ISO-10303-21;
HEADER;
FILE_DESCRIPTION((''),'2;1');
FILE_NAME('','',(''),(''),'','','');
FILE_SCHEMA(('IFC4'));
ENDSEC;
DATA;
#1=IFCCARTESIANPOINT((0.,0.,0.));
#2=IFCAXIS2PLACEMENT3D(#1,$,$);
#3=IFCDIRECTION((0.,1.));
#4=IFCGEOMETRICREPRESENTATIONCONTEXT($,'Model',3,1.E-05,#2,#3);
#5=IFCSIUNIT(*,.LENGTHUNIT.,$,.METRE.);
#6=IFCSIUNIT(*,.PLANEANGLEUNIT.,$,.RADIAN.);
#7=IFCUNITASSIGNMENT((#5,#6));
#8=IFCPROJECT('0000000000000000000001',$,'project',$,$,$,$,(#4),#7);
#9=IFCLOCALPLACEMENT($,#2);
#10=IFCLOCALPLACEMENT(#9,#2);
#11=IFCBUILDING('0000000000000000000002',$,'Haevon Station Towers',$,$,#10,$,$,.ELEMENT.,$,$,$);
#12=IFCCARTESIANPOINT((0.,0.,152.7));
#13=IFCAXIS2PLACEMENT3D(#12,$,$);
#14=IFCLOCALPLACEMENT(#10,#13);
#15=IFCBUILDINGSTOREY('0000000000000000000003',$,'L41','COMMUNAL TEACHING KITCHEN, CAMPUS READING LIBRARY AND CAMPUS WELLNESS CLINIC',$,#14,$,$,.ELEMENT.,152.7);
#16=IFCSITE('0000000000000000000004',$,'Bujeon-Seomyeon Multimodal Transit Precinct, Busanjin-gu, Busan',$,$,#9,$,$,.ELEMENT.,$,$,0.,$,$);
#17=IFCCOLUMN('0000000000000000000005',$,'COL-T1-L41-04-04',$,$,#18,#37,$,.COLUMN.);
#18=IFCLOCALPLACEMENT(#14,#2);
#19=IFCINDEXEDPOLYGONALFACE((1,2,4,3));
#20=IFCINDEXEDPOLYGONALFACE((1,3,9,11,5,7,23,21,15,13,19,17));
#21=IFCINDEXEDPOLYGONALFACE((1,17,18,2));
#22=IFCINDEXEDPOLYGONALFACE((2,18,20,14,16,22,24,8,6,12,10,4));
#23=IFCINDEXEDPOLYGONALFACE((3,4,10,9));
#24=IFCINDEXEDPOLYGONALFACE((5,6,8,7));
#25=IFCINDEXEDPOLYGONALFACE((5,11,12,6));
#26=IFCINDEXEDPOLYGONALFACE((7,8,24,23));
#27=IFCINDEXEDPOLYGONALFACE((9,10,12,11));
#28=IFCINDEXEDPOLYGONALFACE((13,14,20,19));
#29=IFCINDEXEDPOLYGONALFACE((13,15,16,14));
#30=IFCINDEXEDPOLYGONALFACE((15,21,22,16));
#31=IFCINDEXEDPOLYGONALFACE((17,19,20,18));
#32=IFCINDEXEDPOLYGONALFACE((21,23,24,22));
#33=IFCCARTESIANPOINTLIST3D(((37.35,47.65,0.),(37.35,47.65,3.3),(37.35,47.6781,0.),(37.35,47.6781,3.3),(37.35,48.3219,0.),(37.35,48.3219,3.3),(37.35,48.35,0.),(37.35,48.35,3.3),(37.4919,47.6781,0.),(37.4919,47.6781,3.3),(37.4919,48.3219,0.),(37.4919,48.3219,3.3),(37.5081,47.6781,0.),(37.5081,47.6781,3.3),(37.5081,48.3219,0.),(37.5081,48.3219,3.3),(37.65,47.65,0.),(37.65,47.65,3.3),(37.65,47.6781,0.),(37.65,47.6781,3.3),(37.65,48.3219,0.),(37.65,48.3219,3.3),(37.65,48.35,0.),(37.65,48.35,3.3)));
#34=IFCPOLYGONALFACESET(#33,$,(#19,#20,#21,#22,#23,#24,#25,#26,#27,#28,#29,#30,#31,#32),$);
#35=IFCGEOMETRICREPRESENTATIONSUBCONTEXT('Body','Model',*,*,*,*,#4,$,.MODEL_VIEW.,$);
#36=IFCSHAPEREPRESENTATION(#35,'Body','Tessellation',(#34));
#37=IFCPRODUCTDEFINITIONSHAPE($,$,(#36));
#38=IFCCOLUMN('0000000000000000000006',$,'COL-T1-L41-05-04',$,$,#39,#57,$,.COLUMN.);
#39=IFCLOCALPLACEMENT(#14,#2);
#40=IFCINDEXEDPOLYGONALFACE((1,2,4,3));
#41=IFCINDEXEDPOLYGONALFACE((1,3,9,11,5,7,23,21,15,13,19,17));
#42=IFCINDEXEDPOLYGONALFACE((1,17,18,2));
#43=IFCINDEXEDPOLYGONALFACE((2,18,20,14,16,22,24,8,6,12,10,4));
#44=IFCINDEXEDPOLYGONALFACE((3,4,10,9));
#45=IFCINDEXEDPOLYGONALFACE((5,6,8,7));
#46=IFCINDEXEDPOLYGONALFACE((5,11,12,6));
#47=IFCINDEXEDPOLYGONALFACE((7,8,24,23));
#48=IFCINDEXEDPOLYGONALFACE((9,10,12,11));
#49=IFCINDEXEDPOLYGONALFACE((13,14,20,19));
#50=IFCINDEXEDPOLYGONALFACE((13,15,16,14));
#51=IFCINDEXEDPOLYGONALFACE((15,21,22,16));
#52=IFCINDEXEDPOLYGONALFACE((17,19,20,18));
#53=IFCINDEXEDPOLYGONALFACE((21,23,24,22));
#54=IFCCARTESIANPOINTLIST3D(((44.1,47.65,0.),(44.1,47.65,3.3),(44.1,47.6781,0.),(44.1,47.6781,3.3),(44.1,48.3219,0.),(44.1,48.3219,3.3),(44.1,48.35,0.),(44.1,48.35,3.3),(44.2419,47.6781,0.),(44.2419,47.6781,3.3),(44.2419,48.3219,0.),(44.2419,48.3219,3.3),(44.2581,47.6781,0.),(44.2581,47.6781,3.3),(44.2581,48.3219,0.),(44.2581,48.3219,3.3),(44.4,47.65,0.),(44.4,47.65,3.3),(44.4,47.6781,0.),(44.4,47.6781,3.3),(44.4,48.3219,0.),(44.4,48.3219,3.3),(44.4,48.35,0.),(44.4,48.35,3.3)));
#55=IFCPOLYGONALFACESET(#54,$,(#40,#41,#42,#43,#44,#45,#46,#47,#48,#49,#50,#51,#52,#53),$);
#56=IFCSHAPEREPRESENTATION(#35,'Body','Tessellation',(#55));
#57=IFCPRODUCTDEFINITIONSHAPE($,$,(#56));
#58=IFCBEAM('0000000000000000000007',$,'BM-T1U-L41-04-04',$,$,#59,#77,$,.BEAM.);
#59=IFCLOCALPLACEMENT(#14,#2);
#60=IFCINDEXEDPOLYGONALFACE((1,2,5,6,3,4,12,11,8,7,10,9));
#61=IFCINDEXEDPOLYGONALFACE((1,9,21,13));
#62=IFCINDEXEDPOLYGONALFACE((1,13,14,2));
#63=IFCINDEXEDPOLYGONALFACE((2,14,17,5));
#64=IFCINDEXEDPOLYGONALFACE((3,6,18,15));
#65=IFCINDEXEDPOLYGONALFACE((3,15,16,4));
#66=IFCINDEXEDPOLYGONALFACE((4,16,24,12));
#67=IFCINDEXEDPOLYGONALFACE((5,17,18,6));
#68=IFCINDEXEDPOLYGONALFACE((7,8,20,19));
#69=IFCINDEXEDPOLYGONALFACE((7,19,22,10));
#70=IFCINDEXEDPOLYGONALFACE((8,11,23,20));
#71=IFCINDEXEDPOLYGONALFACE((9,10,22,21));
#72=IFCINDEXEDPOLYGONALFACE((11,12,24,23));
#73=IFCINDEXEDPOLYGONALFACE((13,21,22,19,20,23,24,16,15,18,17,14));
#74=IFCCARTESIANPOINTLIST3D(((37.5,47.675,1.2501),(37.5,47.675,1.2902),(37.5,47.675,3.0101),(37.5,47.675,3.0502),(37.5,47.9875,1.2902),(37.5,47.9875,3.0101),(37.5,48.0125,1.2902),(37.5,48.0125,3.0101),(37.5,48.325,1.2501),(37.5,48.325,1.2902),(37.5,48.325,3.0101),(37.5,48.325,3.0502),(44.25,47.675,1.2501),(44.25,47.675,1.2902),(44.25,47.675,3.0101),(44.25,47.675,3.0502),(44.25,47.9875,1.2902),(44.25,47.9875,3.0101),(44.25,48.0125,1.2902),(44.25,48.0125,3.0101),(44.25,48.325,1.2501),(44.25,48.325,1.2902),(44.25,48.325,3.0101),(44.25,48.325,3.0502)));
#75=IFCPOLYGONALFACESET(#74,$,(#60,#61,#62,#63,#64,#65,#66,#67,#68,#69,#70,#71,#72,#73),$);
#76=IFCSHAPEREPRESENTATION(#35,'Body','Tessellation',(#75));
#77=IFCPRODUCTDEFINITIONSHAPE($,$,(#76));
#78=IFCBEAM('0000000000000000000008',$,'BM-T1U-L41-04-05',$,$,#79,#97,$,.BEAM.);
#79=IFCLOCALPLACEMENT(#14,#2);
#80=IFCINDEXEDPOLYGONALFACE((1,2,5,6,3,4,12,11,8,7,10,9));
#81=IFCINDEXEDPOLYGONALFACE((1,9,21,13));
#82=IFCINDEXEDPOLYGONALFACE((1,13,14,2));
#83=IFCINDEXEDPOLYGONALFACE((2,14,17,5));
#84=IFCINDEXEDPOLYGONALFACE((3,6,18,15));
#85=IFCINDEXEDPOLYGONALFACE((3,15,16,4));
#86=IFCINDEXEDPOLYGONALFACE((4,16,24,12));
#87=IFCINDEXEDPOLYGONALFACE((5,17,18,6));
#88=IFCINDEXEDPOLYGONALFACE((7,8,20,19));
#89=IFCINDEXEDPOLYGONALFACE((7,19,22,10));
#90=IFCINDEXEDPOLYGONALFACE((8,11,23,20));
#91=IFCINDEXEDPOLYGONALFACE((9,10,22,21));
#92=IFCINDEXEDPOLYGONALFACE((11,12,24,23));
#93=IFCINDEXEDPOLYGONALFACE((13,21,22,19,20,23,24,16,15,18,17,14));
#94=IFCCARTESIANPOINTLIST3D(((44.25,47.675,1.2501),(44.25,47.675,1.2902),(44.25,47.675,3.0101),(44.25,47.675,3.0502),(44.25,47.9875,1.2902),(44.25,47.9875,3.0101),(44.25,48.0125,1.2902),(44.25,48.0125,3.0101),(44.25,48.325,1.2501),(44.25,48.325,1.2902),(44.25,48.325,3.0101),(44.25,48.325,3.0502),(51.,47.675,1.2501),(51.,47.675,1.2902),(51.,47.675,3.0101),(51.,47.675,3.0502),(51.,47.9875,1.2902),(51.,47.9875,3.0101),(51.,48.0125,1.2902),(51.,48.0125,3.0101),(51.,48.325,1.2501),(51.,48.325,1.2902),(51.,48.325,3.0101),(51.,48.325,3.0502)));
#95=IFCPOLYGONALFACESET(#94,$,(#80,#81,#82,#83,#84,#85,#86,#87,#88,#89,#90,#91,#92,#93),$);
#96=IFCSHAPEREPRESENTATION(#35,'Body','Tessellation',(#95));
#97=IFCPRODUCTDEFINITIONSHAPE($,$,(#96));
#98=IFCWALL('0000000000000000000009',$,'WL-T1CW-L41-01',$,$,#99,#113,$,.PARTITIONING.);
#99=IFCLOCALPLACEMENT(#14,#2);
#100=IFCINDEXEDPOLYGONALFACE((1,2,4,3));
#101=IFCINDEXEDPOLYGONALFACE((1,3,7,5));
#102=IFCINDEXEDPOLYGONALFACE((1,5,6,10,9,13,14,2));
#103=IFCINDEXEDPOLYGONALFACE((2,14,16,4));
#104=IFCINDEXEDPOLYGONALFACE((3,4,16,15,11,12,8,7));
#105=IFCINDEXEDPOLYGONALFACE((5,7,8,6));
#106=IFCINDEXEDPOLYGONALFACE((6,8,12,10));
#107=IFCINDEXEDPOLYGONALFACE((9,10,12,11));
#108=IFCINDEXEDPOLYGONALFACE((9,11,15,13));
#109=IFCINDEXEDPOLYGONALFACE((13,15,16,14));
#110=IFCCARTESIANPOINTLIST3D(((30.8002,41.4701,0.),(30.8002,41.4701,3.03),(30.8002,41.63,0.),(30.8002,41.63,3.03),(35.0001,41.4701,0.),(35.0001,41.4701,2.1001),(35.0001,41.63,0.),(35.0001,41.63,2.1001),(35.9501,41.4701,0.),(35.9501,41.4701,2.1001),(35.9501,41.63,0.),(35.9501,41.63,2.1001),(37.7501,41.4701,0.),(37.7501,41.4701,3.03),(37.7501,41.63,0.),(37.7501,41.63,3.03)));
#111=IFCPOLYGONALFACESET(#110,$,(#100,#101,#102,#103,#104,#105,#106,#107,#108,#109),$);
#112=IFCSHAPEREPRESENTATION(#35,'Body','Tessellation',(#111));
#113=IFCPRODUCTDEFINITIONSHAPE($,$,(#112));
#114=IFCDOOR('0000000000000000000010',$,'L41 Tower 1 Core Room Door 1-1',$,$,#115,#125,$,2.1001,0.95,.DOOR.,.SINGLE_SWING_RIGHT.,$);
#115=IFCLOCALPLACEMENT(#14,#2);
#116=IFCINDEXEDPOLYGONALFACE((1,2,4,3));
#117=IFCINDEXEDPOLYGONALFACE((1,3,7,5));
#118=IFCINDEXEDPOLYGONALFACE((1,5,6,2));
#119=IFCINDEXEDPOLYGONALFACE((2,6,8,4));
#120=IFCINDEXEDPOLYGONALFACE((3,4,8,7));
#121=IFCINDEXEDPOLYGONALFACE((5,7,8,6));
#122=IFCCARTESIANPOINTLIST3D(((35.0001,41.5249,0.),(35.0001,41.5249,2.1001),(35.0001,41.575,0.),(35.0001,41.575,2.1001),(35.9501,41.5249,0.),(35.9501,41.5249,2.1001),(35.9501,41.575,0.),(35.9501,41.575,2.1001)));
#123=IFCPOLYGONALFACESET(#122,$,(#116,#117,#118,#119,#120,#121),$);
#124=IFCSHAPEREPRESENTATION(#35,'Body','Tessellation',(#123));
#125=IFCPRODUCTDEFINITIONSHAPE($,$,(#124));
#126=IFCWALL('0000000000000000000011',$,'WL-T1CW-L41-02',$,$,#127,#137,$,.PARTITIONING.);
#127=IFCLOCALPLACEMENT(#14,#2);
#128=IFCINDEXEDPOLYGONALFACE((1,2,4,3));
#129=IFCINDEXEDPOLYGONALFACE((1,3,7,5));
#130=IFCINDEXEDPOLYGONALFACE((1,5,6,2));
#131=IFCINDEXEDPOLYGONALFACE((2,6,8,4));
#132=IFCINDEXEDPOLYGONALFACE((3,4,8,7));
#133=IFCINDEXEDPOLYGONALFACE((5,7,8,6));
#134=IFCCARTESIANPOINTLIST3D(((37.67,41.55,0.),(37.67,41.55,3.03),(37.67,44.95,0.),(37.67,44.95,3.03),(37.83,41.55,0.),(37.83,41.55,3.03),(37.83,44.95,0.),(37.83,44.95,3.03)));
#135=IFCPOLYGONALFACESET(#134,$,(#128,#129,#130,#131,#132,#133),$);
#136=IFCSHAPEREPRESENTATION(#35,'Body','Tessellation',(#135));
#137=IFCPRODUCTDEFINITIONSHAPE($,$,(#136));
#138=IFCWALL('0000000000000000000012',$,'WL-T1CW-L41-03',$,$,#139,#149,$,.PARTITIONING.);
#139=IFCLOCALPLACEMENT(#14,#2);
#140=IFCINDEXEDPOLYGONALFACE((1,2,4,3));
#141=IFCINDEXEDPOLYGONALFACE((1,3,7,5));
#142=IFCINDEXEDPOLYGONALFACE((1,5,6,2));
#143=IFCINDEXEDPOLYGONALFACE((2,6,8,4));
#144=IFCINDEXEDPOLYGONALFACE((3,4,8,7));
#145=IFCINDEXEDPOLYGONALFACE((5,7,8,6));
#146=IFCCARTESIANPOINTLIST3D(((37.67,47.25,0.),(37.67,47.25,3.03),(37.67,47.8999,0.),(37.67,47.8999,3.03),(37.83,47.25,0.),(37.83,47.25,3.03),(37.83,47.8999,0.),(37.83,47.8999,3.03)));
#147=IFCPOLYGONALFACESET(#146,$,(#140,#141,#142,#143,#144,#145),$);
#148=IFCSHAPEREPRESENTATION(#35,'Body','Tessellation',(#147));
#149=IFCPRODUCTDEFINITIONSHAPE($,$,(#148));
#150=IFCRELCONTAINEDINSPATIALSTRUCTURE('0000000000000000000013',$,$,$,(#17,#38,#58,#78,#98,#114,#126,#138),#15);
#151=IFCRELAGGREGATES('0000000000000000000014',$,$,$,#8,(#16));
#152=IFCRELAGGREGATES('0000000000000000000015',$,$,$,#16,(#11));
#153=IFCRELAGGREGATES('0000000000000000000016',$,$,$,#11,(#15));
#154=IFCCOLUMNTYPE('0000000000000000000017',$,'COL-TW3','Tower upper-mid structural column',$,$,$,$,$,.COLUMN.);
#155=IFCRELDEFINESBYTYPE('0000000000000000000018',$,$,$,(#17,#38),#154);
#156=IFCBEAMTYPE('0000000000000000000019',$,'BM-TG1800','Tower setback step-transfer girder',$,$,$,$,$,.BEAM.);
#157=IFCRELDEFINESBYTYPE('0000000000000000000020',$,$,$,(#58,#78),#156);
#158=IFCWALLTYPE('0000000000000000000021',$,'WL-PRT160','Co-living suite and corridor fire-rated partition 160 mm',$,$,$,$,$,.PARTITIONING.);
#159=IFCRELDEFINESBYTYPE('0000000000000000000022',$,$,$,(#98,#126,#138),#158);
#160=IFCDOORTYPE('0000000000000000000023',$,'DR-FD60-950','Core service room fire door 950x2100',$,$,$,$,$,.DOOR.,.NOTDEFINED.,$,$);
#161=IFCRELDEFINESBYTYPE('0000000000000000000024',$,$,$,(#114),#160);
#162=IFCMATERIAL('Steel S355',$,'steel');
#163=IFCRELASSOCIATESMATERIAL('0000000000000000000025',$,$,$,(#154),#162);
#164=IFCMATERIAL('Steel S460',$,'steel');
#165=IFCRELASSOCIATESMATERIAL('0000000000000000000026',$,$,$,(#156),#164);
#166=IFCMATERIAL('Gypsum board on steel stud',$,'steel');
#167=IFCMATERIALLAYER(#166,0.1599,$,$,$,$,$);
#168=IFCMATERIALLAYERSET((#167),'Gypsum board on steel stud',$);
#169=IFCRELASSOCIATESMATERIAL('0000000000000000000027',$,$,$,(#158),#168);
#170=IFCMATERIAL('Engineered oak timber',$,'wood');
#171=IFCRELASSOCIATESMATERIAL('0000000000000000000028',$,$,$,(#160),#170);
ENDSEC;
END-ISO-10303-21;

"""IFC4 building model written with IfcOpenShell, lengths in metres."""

from ifc_helpers import new_model, si_unit, direction, frame, frame_2d, origin, origin_2d, place, context, subcontext, project, spatial, rectangle, i_section, extrude, material, layer, layer_set, material_profile, profile_set, type_object, element, fill, save


model = new_model("IFC4")

# Units and contexts
model_context = context("Model", 3, precision=1e-05, world=origin(), true_north=direction((0.0, 1.0)))
body_context = subcontext(model_context, "Body", "Model", "MODEL_VIEW")
ifc_project = project(units=[si_unit("LENGTHUNIT", "METRE"), si_unit("PLANEANGLEUNIT", "RADIAN")], contexts=[model_context])

# Site, building, storey
site_placement = place(None, origin())
site = spatial("IfcSite", under=ifc_project, at=site_placement, Name="Bujeon-Seomyeon Multimodal Transit Precinct, Busanjin-gu, Busan", CompositionType="ELEMENT", RefElevation=0.0)
building_placement = place(site_placement, origin())
building = spatial("IfcBuilding", under=site, at=building_placement, Name="Haevon Station Towers", CompositionType="ELEMENT")
storey_placement = place(building_placement, frame((0.0, 0.0, 152.7)))
storey = spatial("IfcBuildingStorey", under=building, at=storey_placement, Name="L41", Description="COMMUNAL TEACHING KITCHEN, CAMPUS READING LIBRARY AND CAMPUS WELLNESS CLINIC", CompositionType="ELEMENT", Elevation=152.7)

# Columns
ifc_material_1 = material(Name="Steel S355", Category="steel")
ifc_material_profile_1 = material_profile(ifc_material_1, i_section(OverallWidth=0.3, OverallDepth=0.7, WebThickness=0.0161, FlangeThickness=0.0281, at=origin_2d()), Name="H-700x300x16x28")
ifc_profile_set_1 = profile_set([ifc_material_profile_1], Name="Steel S355")
column_type = type_object("IfcColumnType", Name="COL-TW3", Description="Tower upper-mid structural column", PredefinedType="COLUMN", material=ifc_profile_set_1)
for number, where, z_axis, x_axis, name in (
    (1, (37.5, 48.0, 0.0), (0.0, 0.0, 1.0), (1.0, 0.0, 0.0), "COL-T1-L41-04-04"),
    (2, (44.25, 48.0, 0.0), (0.0, 0.0, 1.0), (1.0, 0.0, 0.0), "COL-T1-L41-05-04"),
):
    element("IfcColumn", number, at=place(storey_placement, frame(where, z_axis=z_axis, x_axis=x_axis)), inside=storey, type_object=column_type, Name=name, PredefinedType="COLUMN", context=body_context, shape_type="SweptSolid", body=[
        extrude(i_section(OverallWidth=0.3, OverallDepth=0.7, WebThickness=0.0161, FlangeThickness=0.0281, at=origin_2d()), origin(), (0.0, 0.0, 1.0), 3.3),
    ])

# Beams
ifc_material_2 = material(Name="Steel S460", Category="steel")
ifc_material_profile_2 = material_profile(ifc_material_2, i_section(OverallWidth=0.6499, OverallDepth=1.8, WebThickness=0.0249, FlangeThickness=0.04, at=origin_2d()), Name="H-1800x650x25x40")
ifc_profile_set_2 = profile_set([ifc_material_profile_2], Name="Steel S460")
beam_type = type_object("IfcBeamType", Name="BM-TG1800", Description="Tower setback step-transfer girder", PredefinedType="BEAM", material=ifc_profile_set_2)
for number, where, z_axis, x_axis, name in (
    (3, (37.5, 48.0, 2.1501), (1.0, 0.0, 0.0), (0.0, 1.0, 0.0), "BM-T1U-L41-04-04"),
    (4, (44.25, 48.0, 2.1501), (1.0, 0.0, 0.0), (0.0, 1.0, 0.0), "BM-T1U-L41-04-05"),
):
    element("IfcBeam", number, at=place(storey_placement, frame(where, z_axis=z_axis, x_axis=x_axis)), inside=storey, type_object=beam_type, Name=name, PredefinedType="BEAM", context=body_context, shape_type="SweptSolid", body=[
        extrude(i_section(OverallWidth=0.6499, OverallDepth=1.8, WebThickness=0.0249, FlangeThickness=0.04, at=origin_2d()), origin(), (0.0, 0.0, 1.0), 6.75),
    ])

# Wall, opening, door
ifc_material_3 = material(Name="Gypsum board on steel stud", Category="steel")
ifc_layer_1 = layer(ifc_material_3, 0.1599)
ifc_layer_set_1 = layer_set([ifc_layer_1], Name="Gypsum board on steel stud")
wall_type_1 = type_object("IfcWallType", Name="WL-PRT160", Description="Co-living suite and corridor fire-rated partition 160 mm", PredefinedType="PARTITIONING", material=ifc_layer_set_1)
wall_1_placement = place(storey_placement, frame((30.8, 41.55, 0.0), z_axis=(0.0, 0.0, 1.0), x_axis=(1.0, 0.0, 0.0)))
wall_1 = element("IfcWall", 5, at=wall_1_placement, inside=storey, type_object=wall_type_1, Name="WL-T1CW-L41-01", PredefinedType="PARTITIONING", context=body_context, shape_type="SweptSolid", body=[
    extrude(rectangle(XDim=6.95, YDim=0.1599, at=frame_2d((3.4751, 0.0))), origin(), (0.0, 0.0, 1.0), 3.03),
])
opening_1_placement = place(wall_1_placement, frame((4.2, 0.0, 0.0)))
opening_1 = element("IfcOpeningElement", 6, at=opening_1_placement, cuts=wall_1, PredefinedType="OPENING", context=body_context, shape_type="SweptSolid", body=[
    extrude(rectangle(XDim=0.95, YDim=2.1001, at=frame_2d((0.4751, 1.05))), frame((0.0, 0.0898, 0.0), z_axis=(0.0, -1.0, 0.0), x_axis=(1.0, 0.0, 0.0)), (0.0, 0.0, 1.0), 0.1799),
])
ifc_material_4 = material(Name="Engineered oak timber", Category="wood")
door_type_1 = type_object("IfcDoorType", Name="DR-FD60-950", Description="Core service room fire door 950x2100", OperationType="NOTDEFINED", PredefinedType="DOOR", material=ifc_material_4)
door_1_placement = place(opening_1_placement, origin())
door_1 = element("IfcDoor", 7, at=door_1_placement, inside=storey, type_object=door_type_1, Name="L41 Tower 1 Core Room Door 1-1", OperationType="SINGLE_SWING_RIGHT", OverallHeight=2.1001, OverallWidth=0.95, PredefinedType="DOOR", context=body_context, shape_type="SweptSolid", body=[
    extrude(rectangle(XDim=0.95, YDim=2.1001, at=frame_2d((0.4751, 1.05))), frame((0.0, 0.0249, 0.0), z_axis=(0.0, -1.0, 0.0), x_axis=(1.0, 0.0, 0.0)), (0.0, 0.0, 1.0), 0.05),
])
fill(opening_1, door_1)

# Walls
wall_2_placement = place(storey_placement, frame((37.75, 41.55, 0.0), z_axis=(0.0, 0.0, 1.0), x_axis=(0.0, 1.0, 0.0)))
element("IfcWall", 8, at=wall_2_placement, inside=storey, type_object=wall_type_1, Name="WL-T1CW-L41-02", PredefinedType="PARTITIONING", context=body_context, shape_type="SweptSolid", body=[
    extrude(rectangle(XDim=3.3999, YDim=0.1599, at=frame_2d((1.7, 0.0))), origin(), (0.0, 0.0, 1.0), 3.03),
])
wall_3_placement = place(storey_placement, frame((37.75, 47.25, 0.0), z_axis=(0.0, 0.0, 1.0), x_axis=(0.0, 1.0, 0.0)))
element("IfcWall", 9, at=wall_3_placement, inside=storey, type_object=wall_type_1, Name="WL-T1CW-L41-03", PredefinedType="PARTITIONING", context=body_context, shape_type="SweptSolid", body=[
    extrude(rectangle(XDim=0.6499, YDim=0.1599, at=frame_2d((0.325, 0.0))), origin(), (0.0, 0.0, 1.0), 3.03),
])

save(model, "model.ifc")
